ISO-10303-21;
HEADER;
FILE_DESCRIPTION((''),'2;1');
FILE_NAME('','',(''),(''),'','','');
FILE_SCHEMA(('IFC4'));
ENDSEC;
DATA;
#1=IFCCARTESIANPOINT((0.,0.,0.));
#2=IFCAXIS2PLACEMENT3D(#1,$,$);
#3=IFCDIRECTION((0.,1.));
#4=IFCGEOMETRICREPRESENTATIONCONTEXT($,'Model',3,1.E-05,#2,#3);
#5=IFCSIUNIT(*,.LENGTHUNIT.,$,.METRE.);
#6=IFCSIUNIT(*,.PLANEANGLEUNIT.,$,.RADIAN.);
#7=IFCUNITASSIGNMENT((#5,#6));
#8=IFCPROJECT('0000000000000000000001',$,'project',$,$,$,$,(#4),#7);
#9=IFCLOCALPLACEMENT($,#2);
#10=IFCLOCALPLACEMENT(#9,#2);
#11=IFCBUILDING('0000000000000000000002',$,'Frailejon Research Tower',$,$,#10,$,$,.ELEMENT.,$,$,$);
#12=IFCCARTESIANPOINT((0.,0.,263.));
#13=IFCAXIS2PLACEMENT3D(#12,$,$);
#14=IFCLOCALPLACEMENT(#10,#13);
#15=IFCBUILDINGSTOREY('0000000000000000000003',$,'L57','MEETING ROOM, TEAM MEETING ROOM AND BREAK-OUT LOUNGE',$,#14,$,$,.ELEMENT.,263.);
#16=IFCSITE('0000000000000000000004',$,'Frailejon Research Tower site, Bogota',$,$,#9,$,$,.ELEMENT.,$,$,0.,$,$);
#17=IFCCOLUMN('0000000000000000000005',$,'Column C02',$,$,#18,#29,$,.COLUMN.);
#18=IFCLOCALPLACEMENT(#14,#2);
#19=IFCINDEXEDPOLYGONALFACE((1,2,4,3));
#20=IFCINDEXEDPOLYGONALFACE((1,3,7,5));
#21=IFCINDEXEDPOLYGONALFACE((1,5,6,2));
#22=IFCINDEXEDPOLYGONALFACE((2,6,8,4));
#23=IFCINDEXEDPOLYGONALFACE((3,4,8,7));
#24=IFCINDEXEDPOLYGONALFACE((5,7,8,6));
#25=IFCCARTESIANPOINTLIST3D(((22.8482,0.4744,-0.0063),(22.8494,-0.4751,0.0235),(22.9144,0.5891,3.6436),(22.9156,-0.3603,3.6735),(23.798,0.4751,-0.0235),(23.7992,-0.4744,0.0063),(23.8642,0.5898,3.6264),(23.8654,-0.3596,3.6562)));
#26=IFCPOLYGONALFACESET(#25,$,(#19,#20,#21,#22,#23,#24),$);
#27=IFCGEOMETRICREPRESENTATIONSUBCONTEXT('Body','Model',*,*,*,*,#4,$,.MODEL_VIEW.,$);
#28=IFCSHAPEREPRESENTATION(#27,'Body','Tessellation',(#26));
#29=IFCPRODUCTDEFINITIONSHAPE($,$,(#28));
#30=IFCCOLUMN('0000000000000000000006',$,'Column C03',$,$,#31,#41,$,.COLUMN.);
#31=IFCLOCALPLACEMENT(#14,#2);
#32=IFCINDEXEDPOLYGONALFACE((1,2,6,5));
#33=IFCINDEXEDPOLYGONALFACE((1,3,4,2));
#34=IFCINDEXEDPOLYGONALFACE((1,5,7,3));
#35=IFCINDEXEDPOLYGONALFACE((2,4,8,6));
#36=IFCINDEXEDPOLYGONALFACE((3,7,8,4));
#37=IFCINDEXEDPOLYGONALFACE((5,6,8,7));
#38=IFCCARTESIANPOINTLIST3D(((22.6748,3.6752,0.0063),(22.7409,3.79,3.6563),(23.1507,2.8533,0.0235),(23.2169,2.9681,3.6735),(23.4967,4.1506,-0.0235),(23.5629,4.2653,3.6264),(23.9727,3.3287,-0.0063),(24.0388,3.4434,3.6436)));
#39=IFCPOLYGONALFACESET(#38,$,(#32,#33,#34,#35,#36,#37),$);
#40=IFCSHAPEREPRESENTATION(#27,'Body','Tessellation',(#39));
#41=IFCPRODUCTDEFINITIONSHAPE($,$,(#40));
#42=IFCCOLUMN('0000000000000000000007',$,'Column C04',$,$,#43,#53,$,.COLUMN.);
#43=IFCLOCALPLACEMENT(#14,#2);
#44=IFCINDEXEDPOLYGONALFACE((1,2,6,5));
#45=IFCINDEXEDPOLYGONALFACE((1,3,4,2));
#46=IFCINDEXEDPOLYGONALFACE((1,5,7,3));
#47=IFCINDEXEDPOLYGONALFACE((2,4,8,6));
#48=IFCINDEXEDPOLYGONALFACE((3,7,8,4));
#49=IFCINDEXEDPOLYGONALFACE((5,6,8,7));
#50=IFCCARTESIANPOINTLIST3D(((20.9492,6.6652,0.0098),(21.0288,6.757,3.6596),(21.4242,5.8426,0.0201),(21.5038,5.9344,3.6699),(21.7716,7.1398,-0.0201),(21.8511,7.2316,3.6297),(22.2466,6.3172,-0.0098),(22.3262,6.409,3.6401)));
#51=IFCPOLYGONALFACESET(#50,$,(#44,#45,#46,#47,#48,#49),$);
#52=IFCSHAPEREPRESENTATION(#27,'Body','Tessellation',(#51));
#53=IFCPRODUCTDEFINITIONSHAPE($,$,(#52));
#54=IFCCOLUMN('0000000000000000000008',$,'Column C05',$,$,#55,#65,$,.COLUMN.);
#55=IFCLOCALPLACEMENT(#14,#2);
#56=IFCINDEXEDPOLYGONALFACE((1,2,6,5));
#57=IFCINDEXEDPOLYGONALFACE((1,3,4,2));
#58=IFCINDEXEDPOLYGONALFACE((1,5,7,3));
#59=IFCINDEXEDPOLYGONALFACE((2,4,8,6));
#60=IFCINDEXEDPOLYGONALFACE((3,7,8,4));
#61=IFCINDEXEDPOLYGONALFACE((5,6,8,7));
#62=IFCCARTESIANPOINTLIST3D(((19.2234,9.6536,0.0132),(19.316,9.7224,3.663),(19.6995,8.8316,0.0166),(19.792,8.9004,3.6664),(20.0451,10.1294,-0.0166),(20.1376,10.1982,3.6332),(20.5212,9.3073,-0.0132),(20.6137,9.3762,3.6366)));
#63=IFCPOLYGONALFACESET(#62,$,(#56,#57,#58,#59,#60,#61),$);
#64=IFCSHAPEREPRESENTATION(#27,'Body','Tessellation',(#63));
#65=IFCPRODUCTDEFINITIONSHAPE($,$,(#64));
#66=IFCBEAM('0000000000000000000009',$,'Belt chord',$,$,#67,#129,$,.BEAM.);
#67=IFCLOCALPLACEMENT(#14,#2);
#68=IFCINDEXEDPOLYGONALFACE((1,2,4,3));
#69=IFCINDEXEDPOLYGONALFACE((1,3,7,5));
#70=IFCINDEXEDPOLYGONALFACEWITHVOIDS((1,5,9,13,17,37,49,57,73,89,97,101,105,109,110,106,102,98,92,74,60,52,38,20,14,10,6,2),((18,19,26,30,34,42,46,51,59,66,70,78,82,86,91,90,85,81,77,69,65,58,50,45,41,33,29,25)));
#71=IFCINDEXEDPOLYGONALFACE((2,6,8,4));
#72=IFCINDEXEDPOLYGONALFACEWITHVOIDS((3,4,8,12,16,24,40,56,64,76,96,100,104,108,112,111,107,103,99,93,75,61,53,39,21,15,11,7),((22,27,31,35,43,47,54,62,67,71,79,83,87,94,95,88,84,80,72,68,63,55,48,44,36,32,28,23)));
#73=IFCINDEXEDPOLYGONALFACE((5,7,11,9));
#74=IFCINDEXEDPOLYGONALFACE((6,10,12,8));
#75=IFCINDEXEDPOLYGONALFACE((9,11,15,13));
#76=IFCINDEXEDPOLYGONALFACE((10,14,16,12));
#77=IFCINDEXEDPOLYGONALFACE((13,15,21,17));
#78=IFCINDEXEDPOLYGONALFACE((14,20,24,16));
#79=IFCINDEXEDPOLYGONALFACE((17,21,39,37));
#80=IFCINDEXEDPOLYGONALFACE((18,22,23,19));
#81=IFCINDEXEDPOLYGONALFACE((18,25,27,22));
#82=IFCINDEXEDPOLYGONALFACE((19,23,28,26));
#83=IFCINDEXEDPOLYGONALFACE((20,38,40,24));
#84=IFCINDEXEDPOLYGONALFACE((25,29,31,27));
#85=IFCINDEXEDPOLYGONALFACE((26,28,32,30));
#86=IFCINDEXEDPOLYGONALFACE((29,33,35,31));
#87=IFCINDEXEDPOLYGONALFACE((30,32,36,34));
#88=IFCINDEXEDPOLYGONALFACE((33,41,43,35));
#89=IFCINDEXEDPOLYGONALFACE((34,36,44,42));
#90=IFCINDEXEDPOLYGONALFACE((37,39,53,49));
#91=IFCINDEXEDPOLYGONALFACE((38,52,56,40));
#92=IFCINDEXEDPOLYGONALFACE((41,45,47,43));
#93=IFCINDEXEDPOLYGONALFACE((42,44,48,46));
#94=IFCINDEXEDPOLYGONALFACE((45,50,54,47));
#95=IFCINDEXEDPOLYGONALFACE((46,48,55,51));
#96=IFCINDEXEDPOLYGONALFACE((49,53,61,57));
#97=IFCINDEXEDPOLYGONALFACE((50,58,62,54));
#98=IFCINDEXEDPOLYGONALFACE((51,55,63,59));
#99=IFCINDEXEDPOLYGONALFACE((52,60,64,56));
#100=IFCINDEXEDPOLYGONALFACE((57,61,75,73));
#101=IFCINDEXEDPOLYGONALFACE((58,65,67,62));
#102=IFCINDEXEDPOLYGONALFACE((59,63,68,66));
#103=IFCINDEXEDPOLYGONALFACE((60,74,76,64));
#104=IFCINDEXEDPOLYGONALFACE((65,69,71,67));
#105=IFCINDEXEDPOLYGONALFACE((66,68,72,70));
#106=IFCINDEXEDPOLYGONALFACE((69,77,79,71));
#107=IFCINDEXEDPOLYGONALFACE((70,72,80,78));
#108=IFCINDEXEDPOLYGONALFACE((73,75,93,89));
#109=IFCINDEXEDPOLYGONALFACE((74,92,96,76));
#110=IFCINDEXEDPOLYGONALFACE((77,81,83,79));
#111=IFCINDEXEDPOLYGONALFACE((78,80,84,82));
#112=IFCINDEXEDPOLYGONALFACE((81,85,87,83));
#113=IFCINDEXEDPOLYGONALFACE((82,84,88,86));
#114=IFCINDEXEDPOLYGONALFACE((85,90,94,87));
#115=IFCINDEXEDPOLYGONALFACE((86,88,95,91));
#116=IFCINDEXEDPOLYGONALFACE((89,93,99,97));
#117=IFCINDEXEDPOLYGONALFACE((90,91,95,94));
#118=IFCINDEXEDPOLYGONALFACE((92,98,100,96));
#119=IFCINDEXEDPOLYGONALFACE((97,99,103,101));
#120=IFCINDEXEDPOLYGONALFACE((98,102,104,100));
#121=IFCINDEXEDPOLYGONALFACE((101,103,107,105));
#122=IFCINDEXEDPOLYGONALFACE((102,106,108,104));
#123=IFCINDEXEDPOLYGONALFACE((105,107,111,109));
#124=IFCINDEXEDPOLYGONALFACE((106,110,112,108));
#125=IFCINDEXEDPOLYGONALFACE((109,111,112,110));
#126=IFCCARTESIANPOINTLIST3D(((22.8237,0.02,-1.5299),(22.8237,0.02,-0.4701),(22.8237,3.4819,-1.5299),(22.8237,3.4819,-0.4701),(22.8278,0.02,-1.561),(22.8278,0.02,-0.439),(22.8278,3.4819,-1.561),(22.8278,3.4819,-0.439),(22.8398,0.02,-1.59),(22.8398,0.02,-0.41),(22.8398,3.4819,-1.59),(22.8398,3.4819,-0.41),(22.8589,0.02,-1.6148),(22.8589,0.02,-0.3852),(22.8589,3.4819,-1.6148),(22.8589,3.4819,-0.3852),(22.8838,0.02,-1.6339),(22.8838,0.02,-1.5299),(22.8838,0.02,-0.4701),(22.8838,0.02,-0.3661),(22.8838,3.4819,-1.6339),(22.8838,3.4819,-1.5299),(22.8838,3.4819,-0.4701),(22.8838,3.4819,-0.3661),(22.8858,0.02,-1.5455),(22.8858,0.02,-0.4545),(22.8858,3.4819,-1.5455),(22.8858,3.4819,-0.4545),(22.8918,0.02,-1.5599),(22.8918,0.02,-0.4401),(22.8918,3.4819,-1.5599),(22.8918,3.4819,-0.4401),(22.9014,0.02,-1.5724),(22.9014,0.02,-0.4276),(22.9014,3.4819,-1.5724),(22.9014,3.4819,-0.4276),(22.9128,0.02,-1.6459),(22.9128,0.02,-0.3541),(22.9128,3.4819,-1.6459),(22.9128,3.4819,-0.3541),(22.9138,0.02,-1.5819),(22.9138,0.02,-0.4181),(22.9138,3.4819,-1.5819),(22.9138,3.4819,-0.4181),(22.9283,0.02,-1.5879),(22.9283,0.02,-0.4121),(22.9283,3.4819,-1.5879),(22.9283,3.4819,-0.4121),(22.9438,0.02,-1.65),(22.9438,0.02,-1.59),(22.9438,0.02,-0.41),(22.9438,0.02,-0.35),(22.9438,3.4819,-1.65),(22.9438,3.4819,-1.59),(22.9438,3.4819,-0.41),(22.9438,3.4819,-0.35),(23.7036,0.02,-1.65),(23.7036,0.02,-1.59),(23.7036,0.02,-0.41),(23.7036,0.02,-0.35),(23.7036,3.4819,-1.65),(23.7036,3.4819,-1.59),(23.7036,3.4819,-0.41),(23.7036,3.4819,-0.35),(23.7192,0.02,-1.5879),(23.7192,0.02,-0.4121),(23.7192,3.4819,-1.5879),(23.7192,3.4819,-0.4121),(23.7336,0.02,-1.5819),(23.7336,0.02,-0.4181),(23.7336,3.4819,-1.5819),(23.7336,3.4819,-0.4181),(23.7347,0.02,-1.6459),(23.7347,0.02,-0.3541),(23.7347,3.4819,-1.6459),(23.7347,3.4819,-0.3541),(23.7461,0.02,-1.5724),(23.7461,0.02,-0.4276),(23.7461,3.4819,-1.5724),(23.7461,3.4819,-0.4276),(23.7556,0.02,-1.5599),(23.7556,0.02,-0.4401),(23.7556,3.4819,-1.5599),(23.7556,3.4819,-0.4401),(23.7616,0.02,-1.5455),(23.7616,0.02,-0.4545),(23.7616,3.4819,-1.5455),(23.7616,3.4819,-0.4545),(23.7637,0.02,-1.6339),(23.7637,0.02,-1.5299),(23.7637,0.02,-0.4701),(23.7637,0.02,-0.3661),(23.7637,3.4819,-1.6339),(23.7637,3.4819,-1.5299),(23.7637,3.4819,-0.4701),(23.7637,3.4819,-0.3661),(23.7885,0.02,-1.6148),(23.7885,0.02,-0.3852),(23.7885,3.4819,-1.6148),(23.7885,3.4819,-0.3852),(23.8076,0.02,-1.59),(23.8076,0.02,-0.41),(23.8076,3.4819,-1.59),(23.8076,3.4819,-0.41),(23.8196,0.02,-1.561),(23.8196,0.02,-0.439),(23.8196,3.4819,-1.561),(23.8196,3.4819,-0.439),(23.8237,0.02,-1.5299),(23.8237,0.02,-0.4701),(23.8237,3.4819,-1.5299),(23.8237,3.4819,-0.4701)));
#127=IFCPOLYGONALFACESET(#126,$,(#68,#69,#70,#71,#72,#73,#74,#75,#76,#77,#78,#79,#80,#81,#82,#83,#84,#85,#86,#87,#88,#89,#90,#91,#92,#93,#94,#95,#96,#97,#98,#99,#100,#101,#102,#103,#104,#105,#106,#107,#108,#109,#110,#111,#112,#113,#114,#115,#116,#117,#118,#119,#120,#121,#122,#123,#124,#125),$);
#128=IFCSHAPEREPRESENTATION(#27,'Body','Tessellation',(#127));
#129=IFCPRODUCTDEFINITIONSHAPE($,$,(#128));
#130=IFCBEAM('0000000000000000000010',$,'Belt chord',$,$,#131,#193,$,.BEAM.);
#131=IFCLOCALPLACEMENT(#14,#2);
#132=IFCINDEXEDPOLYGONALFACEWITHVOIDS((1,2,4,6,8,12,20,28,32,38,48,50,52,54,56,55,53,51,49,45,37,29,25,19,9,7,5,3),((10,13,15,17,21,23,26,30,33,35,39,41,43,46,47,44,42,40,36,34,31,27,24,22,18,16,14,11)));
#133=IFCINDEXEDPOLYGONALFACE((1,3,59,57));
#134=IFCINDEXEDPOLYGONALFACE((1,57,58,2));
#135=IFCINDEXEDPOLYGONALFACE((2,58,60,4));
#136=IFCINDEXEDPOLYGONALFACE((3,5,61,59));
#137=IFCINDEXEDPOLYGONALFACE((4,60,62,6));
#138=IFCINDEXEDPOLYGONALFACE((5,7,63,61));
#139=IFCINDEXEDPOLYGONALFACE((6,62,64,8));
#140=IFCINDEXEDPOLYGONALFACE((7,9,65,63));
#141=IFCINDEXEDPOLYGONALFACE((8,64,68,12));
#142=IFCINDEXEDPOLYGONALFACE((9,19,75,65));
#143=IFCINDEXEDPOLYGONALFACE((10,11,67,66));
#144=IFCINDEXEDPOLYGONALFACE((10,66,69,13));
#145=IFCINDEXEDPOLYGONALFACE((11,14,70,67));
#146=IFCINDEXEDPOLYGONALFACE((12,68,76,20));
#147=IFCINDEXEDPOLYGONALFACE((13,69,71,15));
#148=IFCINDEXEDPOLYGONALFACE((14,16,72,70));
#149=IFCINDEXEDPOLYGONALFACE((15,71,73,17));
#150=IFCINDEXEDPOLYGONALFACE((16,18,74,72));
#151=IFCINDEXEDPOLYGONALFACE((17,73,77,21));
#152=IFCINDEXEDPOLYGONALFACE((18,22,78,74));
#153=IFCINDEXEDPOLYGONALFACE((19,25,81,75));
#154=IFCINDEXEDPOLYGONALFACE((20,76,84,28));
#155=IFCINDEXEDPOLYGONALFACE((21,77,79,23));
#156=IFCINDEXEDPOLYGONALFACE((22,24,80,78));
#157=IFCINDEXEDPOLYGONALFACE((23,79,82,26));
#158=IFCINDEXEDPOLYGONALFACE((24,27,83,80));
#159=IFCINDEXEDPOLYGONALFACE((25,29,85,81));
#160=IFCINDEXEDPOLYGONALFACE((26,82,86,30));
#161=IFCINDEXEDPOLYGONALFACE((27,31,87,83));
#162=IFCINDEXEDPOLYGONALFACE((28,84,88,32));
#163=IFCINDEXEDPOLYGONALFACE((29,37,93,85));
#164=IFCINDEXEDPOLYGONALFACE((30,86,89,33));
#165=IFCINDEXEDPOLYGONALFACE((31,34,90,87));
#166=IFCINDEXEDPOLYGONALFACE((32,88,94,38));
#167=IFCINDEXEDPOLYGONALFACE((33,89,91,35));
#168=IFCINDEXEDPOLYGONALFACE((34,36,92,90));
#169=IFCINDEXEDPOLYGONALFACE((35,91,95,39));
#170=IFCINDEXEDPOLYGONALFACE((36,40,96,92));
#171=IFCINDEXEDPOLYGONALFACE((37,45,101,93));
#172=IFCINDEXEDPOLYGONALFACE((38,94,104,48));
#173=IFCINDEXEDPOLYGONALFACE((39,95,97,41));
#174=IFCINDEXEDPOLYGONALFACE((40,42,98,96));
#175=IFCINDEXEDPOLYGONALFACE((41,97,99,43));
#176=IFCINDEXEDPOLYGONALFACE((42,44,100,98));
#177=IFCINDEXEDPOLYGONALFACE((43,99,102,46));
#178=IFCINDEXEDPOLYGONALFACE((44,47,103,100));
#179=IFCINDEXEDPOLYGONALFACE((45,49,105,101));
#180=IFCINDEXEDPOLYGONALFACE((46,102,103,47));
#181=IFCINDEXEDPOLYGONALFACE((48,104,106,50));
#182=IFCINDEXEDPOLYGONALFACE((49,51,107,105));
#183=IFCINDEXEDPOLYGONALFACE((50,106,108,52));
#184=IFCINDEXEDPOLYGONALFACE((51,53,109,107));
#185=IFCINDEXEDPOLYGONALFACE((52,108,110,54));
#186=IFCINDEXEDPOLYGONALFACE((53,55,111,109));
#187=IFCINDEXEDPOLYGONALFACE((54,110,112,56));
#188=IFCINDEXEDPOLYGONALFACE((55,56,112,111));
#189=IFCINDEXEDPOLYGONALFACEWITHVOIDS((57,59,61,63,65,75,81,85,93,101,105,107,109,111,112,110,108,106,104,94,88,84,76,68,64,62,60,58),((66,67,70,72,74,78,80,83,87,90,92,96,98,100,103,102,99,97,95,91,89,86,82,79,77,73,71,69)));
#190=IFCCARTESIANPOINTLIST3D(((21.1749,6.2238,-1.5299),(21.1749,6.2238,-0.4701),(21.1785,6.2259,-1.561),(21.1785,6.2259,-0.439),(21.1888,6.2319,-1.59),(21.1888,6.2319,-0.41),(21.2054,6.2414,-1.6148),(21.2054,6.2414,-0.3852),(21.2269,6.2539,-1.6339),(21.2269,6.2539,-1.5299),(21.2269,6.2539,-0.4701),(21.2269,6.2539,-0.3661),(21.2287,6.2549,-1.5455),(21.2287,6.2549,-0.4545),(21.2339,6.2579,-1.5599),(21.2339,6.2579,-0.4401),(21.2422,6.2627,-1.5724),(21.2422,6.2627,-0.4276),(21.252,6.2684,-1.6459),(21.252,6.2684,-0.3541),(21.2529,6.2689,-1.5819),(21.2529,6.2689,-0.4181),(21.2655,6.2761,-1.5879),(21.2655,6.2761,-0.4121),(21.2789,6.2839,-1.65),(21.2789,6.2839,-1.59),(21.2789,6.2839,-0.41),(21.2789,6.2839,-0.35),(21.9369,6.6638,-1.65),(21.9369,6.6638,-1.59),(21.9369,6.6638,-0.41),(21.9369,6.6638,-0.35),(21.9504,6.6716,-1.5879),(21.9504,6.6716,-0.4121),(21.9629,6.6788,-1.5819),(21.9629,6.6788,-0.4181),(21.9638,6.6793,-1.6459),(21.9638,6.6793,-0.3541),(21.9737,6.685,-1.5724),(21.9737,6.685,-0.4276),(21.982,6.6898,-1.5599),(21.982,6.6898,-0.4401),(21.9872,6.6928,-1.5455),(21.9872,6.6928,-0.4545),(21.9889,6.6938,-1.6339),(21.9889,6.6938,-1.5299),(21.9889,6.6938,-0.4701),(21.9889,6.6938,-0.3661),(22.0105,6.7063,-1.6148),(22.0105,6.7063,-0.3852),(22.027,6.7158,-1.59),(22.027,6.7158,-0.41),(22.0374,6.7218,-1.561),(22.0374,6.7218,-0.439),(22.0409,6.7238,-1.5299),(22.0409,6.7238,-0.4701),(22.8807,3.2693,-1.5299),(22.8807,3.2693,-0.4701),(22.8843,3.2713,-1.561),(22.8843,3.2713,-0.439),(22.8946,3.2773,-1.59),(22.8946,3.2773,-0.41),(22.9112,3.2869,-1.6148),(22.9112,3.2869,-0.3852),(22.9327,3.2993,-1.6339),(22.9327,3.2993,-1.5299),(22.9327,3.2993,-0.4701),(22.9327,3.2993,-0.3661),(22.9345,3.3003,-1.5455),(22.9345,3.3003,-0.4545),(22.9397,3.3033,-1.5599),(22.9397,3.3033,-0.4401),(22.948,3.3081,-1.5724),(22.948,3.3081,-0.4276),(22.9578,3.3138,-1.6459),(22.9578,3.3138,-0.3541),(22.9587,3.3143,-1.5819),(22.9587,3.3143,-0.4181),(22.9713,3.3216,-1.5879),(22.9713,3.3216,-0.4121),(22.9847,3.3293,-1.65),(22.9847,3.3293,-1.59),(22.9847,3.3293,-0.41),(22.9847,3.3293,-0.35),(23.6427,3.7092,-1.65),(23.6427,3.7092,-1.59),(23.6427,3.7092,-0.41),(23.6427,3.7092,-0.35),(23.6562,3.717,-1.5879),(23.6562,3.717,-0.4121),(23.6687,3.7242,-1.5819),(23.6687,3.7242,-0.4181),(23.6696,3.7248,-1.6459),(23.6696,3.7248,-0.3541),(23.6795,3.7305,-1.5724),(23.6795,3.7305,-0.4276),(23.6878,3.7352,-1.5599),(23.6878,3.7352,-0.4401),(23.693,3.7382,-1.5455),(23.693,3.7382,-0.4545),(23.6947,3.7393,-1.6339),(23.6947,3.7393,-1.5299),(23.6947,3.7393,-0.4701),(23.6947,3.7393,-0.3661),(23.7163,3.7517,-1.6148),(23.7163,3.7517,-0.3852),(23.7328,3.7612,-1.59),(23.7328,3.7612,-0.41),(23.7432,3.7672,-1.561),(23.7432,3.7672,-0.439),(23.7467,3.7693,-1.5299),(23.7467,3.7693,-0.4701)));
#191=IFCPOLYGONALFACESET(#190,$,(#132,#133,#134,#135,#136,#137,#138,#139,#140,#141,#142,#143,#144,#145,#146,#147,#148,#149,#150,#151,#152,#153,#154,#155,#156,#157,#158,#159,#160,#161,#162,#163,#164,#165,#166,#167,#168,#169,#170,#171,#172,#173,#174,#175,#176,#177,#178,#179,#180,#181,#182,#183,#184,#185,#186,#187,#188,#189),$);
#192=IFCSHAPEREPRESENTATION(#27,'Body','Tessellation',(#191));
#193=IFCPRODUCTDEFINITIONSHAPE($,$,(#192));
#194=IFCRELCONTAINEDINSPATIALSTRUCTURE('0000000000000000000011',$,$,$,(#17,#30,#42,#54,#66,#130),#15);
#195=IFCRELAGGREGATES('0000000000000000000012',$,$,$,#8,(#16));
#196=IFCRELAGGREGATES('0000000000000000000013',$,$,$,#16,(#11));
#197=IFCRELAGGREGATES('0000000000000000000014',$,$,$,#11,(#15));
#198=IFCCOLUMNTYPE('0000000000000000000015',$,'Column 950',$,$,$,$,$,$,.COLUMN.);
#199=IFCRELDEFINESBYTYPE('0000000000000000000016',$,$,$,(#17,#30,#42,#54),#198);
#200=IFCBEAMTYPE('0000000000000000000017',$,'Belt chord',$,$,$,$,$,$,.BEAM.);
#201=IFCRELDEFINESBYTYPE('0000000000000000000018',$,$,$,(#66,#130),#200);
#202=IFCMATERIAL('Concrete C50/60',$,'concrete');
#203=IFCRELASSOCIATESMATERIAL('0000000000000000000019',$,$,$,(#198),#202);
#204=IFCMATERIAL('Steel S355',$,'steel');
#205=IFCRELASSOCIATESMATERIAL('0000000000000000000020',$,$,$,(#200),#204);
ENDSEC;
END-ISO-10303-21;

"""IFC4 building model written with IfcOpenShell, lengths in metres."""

from ifc_helpers import new_model, si_unit, direction, frame, origin, origin_2d, place, context, subcontext, project, spatial, rectangle, hollow_rectangle, extrude, material, material_profile, profile_set, type_object, element, save


model = new_model("IFC4")

# Units and contexts
model_context = context("Model", 3, precision=1e-05, world=origin(), true_north=direction((0.0, 1.0)))
body_context = subcontext(model_context, "Body", "Model", "MODEL_VIEW")
ifc_project = project(units=[si_unit("LENGTHUNIT", "METRE"), si_unit("PLANEANGLEUNIT", "RADIAN")], contexts=[model_context])

# Site, building, storey
site_placement = place(None, origin())
site = spatial("IfcSite", under=ifc_project, at=site_placement, Name="Frailejon Research Tower site, Bogota", CompositionType="ELEMENT", RefElevation=0.0)
building_placement = place(site_placement, origin())
building = spatial("IfcBuilding", under=site, at=building_placement, Name="Frailejon Research Tower", CompositionType="ELEMENT")
storey_placement = place(building_placement, frame((0.0, 0.0, 263.0)))
storey = spatial("IfcBuildingStorey", under=building, at=storey_placement, Name="L57", Description="MEETING ROOM, TEAM MEETING ROOM AND BREAK-OUT LOUNGE", CompositionType="ELEMENT", Elevation=263.0)

# Columns
ifc_material_1 = material(Name="Concrete C50/60", Category="concrete")
ifc_material_profile_1 = material_profile(ifc_material_1, rectangle(XDim=0.95, YDim=0.95, at=origin_2d()), Name="Column 950")
ifc_profile_set_1 = profile_set([ifc_material_profile_1], Name="Concrete C50/60")
column_type = type_object("IfcColumnType", Name="Column 950", PredefinedType="COLUMN", material=ifc_profile_set_1)
for number, where, z_axis, x_axis, name in (
    (1, (23.3237, 0.0, 0.0), (0.018115, 0.031417, 0.999342), (-0.001297, 0.999506, -0.031399), "Column C02"),
    (2, (23.3237, 3.502, 0.0), (0.018115, 0.031417, 0.999342), (-0.501041, 0.865234, -0.018119), "Column C03"),
):
    element("IfcColumn", number, at=place(storey_placement, frame(where, z_axis=z_axis, x_axis=x_axis)), inside=storey, type_object=column_type, Name=name, PredefinedType="COLUMN", context=body_context, shape_type="SweptSolid", body=[
        extrude(rectangle(XDim=0.95, YDim=0.95, at=origin_2d()), origin(), (0.0, 0.0, 1.0), 3.6523),
    ])
column_1_placement = place(storey_placement, frame((21.5979, 6.4912, 0.0), z_axis=(0.021794, 0.025137, 0.999446), x_axis=(-0.500092, 0.865904, -0.010873)))
element("IfcColumn", 3, at=column_1_placement, inside=storey, type_object=column_type, Name="Column C04", PredefinedType="COLUMN", context=body_context, shape_type="SweptSolid", body=[
    extrude(rectangle(XDim=0.95, YDim=0.95, at=origin_2d()), origin(), (0.0, 0.0, 1.0), 3.6519),
])
column_2_placement = place(storey_placement, frame((19.8723, 9.4805, 0.0), z_axis=(0.025339, 0.018853, 0.999501), x_axis=(-0.501176, 0.865338, -0.003617)))
element("IfcColumn", 4, at=column_2_placement, inside=storey, type_object=column_type, Name="Column C05", PredefinedType="COLUMN", context=body_context, shape_type="SweptSolid", body=[
    extrude(rectangle(XDim=0.95, YDim=0.95, at=origin_2d()), origin(), (0.0, 0.0, 1.0), 3.6516),
])

# Beams
ifc_material_2 = material(Name="Steel S355", Category="steel")
ifc_material_profile_2 = material_profile(ifc_material_2, hollow_rectangle(XDim=1.0, YDim=1.3, WallThickness=0.0601, InnerFilletRadius=0.0601, OuterFilletRadius=0.1201, at=origin_2d()), Name="Belt chord")
ifc_profile_set_2 = profile_set([ifc_material_profile_2], Name="Steel S355")
beam_type_1 = type_object("IfcBeamType", Name="Belt chord", PredefinedType="BEAM", material=ifc_profile_set_2)
beam_1_placement = place(storey_placement, frame((23.3237, 0.02, -1.0), z_axis=(0.0, 1.0, 0.0), x_axis=(-1.0, 0.0, 0.0)))
element("IfcBeam", 5, at=beam_1_placement, inside=storey, type_object=beam_type_1, Name="Belt chord", PredefinedType="BEAM", context=body_context, shape_type="SweptSolid", body=[
    extrude(hollow_rectangle(XDim=1.0, YDim=1.3, WallThickness=0.0601, InnerFilletRadius=0.0601, OuterFilletRadius=0.1201, at=origin_2d()), origin(), (0.0, 0.0, 1.0), 3.4619),
])
for number, where, z_axis, x_axis, name in (
    (6, (23.3137, 3.5193, -1.0), (-0.499995, 0.866028, 0.0), (-0.866028, -0.499995, 0.0), "Belt chord"),
):
    element("IfcBeam", number, at=place(storey_placement, frame(where, z_axis=z_axis, x_axis=x_axis)), inside=storey, type_object=beam_type_1, Name=name, PredefinedType="BEAM", context=body_context, shape_type="SweptSolid", body=[
        extrude(hollow_rectangle(XDim=1.0, YDim=1.3, WallThickness=0.0601, InnerFilletRadius=0.0601, OuterFilletRadius=0.1201, at=origin_2d()), origin(), (0.0, 0.0, 1.0), 3.4116),
    ])

save(model, "model.ifc")
